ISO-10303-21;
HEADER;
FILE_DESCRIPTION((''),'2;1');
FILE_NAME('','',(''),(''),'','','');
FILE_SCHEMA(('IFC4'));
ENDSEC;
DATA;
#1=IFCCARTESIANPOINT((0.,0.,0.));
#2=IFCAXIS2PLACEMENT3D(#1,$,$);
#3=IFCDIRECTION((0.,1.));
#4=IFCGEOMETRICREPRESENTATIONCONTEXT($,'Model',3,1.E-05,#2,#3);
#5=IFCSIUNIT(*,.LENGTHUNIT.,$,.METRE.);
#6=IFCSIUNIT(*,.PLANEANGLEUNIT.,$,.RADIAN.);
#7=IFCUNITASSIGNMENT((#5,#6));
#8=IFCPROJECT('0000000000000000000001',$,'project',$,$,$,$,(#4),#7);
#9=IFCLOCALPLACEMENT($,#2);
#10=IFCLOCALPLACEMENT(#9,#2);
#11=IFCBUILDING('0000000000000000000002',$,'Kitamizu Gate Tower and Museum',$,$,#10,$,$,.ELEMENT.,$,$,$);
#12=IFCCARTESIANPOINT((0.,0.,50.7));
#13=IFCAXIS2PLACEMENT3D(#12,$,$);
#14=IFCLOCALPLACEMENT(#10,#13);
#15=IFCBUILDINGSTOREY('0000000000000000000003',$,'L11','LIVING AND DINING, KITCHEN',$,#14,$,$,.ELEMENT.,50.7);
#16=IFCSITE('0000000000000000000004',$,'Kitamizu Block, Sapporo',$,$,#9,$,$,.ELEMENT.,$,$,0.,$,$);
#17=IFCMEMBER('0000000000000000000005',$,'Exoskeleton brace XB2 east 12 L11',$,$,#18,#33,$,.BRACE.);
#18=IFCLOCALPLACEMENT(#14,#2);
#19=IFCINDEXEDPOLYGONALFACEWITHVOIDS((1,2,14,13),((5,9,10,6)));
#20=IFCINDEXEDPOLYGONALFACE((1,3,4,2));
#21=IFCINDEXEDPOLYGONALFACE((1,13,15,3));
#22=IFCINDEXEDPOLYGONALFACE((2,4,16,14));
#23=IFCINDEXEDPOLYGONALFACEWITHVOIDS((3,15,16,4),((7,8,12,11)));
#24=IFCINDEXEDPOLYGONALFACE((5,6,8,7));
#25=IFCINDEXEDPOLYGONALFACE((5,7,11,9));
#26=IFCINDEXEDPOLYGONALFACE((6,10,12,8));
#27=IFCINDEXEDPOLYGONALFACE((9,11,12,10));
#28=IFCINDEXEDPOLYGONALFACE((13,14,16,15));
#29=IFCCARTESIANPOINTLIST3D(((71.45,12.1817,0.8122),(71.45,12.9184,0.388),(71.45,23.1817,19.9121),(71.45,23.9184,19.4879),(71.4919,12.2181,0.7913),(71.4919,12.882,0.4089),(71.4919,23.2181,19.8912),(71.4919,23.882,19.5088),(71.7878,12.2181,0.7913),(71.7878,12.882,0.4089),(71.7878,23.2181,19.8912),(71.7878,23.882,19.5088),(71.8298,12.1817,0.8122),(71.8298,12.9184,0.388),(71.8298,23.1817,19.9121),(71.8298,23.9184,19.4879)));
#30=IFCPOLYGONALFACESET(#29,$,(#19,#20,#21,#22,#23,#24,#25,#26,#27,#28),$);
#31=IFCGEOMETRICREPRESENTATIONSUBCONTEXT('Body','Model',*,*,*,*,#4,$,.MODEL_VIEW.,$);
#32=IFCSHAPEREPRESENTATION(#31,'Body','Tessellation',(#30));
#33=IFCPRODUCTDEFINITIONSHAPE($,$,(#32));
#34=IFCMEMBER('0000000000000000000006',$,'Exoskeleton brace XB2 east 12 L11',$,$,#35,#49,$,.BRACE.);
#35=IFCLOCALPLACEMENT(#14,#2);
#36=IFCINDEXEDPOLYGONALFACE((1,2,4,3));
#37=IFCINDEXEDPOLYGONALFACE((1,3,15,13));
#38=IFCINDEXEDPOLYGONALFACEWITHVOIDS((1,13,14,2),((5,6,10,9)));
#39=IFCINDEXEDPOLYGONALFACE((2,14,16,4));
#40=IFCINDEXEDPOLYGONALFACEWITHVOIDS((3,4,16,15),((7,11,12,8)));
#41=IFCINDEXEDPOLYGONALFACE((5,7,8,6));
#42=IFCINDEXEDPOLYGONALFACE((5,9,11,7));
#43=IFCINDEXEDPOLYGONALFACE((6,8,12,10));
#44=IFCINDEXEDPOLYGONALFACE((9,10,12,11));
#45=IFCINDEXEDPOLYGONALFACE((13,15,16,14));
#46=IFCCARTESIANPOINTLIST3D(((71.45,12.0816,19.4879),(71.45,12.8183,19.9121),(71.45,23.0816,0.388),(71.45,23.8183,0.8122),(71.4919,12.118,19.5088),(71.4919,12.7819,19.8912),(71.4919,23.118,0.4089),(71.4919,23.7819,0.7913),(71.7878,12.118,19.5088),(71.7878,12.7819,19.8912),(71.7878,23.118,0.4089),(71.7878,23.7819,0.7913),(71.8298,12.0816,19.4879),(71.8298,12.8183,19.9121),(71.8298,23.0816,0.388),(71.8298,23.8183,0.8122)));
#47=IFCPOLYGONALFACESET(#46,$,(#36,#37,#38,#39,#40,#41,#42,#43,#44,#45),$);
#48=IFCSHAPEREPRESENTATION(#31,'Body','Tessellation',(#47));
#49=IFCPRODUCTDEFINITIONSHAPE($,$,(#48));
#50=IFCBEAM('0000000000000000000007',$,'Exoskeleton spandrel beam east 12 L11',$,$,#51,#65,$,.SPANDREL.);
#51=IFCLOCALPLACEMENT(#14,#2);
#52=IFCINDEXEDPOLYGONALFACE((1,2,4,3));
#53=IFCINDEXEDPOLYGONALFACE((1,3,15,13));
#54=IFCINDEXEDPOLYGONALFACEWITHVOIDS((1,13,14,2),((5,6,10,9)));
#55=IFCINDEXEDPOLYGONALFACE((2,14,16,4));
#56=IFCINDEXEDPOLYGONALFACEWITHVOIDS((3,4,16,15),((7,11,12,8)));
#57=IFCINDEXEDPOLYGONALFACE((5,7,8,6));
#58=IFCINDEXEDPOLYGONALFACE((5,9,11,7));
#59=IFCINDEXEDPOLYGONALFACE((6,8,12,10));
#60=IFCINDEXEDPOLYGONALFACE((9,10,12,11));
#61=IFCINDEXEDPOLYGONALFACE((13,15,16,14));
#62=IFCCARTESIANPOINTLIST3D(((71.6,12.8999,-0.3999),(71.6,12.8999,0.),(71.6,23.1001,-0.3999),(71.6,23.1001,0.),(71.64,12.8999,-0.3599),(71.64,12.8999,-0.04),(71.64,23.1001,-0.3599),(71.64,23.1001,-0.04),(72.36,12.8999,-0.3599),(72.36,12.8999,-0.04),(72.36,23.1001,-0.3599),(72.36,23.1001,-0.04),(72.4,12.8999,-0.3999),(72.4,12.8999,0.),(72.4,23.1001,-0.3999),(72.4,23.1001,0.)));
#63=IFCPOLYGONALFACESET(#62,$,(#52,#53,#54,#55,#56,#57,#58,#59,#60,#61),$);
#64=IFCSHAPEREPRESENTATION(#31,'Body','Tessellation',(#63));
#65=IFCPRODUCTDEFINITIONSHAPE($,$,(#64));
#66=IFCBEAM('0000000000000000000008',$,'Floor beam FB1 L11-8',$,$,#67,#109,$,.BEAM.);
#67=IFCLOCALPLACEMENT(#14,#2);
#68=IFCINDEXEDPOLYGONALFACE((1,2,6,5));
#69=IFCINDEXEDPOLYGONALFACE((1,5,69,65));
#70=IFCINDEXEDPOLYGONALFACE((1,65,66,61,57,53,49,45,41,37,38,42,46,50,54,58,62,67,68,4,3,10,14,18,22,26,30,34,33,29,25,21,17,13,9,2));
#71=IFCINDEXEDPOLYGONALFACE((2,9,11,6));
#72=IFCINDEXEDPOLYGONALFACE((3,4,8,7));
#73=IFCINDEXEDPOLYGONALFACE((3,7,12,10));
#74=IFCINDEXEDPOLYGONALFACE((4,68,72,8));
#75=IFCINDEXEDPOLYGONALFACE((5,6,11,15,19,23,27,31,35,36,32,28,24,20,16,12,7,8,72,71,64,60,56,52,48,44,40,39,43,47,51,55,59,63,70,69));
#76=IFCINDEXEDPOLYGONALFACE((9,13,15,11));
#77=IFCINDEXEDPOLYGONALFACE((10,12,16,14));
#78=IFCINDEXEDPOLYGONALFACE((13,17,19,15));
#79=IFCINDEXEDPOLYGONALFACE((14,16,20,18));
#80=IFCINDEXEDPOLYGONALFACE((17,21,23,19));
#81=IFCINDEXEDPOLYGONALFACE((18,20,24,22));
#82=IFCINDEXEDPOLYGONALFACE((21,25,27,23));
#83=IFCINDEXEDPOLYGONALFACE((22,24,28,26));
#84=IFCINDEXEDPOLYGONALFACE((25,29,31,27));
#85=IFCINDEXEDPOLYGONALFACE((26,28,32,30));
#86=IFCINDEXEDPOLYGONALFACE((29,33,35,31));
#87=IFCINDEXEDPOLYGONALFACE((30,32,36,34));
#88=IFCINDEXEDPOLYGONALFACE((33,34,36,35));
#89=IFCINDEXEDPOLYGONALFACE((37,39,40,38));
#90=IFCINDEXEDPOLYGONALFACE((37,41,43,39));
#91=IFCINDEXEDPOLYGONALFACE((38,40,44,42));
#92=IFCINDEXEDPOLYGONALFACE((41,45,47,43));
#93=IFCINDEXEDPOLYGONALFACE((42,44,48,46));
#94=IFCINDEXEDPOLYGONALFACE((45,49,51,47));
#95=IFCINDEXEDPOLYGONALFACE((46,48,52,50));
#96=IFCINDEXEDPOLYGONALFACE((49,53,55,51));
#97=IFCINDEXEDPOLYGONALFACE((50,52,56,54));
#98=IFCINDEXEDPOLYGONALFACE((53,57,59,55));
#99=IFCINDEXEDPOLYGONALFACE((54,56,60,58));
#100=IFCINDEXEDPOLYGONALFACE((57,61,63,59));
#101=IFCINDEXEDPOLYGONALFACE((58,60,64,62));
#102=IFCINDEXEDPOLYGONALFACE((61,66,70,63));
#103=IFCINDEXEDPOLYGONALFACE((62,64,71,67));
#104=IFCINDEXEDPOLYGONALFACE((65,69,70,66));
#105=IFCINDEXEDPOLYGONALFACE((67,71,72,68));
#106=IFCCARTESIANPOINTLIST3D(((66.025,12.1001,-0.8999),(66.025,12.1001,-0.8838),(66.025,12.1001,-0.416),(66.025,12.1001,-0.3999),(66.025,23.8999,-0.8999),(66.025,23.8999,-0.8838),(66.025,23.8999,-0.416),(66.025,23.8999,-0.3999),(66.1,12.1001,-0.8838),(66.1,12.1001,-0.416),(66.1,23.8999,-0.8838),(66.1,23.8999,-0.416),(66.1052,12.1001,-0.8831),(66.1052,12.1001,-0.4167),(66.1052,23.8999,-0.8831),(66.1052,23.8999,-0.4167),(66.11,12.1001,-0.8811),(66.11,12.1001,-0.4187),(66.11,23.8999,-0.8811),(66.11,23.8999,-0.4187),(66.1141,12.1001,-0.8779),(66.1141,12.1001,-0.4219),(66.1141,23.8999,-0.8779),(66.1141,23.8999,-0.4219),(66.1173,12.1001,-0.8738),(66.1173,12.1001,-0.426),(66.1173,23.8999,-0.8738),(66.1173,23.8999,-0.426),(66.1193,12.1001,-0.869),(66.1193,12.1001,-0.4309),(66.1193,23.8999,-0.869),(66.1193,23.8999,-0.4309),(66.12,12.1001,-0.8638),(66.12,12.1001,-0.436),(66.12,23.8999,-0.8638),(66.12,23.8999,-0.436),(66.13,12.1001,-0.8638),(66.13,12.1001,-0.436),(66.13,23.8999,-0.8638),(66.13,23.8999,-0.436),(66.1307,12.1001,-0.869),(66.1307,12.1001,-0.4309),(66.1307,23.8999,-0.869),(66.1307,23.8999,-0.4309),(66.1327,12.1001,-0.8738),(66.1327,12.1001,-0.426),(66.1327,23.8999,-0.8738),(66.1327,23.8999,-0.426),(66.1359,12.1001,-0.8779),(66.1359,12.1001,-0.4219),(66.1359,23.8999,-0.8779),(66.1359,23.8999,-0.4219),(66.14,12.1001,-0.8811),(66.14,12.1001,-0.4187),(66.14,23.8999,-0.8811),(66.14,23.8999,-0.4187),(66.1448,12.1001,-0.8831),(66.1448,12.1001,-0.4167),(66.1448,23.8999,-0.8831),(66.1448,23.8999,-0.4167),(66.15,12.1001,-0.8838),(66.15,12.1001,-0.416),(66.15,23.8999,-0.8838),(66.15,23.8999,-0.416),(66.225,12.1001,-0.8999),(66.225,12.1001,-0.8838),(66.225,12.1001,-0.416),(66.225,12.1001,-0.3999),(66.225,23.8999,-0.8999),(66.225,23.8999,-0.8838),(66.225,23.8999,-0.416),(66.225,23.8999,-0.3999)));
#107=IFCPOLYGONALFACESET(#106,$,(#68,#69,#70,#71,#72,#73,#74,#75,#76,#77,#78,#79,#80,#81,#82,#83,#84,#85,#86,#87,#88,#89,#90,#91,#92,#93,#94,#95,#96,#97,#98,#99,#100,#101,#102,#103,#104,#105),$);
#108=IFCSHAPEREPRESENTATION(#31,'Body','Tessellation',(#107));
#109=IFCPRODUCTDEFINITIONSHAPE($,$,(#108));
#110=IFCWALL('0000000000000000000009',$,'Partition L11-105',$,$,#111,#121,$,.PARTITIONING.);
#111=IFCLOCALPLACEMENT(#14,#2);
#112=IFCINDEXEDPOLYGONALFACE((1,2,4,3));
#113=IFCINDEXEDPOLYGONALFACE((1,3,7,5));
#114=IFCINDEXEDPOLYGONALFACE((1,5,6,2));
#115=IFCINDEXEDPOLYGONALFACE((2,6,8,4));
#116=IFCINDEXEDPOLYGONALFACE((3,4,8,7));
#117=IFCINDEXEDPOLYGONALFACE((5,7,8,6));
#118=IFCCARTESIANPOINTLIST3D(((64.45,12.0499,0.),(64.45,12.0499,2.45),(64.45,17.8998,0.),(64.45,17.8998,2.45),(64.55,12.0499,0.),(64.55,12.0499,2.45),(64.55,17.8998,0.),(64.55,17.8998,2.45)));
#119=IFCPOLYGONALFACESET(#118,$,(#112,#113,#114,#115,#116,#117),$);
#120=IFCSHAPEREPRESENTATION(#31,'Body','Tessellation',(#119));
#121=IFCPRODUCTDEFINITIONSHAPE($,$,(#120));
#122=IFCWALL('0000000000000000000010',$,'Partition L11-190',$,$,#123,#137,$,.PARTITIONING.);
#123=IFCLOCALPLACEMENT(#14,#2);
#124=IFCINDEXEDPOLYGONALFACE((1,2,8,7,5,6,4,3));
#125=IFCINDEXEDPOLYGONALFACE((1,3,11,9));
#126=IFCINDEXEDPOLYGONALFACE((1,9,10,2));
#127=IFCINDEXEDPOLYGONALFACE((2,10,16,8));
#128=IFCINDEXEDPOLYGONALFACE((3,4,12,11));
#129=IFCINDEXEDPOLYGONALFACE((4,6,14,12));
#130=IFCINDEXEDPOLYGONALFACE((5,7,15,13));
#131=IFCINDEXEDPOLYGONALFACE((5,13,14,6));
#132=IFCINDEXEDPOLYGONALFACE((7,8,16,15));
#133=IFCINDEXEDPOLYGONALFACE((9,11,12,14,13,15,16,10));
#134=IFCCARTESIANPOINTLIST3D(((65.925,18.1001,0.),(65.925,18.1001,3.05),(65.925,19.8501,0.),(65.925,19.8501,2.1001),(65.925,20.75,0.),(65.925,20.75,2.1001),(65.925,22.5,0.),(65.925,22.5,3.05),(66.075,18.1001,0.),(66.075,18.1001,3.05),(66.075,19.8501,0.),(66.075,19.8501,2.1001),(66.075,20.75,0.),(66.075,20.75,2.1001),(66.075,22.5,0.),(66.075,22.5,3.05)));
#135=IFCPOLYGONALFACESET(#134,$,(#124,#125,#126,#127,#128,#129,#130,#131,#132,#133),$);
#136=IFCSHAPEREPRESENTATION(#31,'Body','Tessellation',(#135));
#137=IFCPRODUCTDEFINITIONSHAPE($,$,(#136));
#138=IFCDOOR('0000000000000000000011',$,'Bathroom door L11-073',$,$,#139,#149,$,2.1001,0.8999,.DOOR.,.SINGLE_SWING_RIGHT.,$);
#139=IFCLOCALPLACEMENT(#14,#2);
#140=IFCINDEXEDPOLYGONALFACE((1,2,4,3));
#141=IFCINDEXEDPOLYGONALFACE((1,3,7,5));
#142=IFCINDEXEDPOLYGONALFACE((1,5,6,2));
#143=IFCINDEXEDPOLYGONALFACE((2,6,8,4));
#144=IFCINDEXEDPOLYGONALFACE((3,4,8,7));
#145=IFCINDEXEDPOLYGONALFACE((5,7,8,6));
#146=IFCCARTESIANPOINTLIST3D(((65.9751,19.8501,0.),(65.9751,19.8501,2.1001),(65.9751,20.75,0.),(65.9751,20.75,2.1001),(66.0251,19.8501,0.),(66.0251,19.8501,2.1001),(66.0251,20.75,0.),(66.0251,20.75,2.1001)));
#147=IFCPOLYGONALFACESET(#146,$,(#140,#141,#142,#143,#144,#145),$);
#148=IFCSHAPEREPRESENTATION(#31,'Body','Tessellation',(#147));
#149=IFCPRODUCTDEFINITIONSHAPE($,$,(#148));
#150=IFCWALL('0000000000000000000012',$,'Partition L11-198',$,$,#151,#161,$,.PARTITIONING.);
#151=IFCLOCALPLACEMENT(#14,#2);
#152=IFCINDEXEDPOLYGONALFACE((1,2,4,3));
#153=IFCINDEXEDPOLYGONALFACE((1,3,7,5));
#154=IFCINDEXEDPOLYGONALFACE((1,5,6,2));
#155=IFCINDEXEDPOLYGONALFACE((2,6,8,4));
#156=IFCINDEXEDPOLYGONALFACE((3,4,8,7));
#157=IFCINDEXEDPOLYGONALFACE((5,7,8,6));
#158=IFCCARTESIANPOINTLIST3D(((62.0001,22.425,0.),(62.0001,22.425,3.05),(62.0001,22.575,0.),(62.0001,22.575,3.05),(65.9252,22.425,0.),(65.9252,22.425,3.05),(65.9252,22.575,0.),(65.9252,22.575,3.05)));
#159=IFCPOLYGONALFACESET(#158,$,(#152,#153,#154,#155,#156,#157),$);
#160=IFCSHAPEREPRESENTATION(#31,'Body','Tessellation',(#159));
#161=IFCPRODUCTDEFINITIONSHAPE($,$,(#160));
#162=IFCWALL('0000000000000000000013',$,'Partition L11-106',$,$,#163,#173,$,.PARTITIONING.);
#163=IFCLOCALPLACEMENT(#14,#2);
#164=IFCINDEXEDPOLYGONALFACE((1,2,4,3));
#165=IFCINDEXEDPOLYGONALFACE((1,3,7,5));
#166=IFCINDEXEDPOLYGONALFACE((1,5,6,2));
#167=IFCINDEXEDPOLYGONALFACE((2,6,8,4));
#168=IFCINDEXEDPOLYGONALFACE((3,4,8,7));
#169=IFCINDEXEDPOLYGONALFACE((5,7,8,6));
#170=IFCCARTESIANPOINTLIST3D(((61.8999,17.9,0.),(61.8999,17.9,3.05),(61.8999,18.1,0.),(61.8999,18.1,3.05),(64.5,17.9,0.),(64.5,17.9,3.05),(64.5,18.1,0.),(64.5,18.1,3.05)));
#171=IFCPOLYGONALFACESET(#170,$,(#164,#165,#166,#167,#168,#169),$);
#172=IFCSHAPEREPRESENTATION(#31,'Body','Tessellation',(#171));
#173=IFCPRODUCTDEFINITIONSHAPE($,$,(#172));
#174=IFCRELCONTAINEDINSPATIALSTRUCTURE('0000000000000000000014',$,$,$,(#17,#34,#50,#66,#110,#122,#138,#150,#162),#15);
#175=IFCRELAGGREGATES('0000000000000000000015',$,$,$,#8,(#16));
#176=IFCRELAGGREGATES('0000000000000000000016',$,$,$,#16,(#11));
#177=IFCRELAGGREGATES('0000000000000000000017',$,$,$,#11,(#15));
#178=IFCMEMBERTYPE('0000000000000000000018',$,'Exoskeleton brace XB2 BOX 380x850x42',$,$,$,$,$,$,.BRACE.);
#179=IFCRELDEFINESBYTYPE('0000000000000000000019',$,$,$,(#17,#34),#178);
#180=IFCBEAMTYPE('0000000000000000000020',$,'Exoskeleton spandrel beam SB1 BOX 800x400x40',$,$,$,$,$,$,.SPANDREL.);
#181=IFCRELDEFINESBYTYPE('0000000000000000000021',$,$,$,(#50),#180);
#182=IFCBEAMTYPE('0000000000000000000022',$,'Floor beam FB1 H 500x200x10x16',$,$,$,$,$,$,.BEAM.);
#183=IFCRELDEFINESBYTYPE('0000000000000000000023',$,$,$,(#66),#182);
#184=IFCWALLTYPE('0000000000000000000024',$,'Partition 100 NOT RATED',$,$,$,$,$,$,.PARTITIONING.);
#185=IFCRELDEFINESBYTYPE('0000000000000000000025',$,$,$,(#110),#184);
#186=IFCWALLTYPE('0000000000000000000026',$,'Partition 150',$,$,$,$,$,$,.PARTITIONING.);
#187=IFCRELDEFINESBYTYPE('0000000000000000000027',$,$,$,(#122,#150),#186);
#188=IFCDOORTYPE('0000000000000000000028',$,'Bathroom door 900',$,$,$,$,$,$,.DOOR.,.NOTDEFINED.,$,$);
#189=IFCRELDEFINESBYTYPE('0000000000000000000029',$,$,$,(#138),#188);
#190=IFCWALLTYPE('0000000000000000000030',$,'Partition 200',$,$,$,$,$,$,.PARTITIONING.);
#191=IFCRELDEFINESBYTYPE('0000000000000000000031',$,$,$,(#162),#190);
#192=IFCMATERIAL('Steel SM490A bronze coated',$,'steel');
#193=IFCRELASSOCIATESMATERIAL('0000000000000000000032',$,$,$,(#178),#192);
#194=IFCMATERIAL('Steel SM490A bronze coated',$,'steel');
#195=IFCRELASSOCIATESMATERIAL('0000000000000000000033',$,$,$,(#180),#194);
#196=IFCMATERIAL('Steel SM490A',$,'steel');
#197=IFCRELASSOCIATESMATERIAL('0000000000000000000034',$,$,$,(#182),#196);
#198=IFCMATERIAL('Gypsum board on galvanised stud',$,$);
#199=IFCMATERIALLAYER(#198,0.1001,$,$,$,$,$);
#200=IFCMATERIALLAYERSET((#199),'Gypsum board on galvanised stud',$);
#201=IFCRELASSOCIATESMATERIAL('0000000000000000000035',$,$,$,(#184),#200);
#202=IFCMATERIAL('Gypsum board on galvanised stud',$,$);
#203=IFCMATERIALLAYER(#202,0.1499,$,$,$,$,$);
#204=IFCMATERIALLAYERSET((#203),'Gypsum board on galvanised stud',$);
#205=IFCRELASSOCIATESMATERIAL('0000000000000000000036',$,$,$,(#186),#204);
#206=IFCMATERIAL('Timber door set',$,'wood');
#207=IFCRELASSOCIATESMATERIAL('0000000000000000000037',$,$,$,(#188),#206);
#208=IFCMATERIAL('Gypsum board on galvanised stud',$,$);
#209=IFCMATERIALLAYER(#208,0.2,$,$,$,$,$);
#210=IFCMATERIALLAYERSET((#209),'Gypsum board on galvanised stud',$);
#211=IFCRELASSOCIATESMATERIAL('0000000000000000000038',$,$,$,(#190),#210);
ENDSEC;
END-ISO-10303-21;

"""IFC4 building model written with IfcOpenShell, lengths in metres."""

from ifc_helpers import new_model, si_unit, direction, frame, frame_2d, origin, origin_2d, place, context, subcontext, project, spatial, rectangle, hollow_rectangle, i_section, extrude, material, layer, layer_set, material_profile, profile_set, type_object, element, fill, save


model = new_model("IFC4")

# Units and contexts
model_context = context("Model", 3, precision=1e-05, world=origin(), true_north=direction((0.0, 1.0)))
body_context = subcontext(model_context, "Body", "Model", "MODEL_VIEW")
ifc_project = project(units=[si_unit("LENGTHUNIT", "METRE"), si_unit("PLANEANGLEUNIT", "RADIAN")], contexts=[model_context])

# Site, building, storey
site_placement = place(None, origin())
site = spatial("IfcSite", under=ifc_project, at=site_placement, Name="Kitamizu Block, Sapporo", CompositionType="ELEMENT", RefElevation=0.0)
building_placement = place(site_placement, origin())
building = spatial("IfcBuilding", under=site, at=building_placement, Name="Kitamizu Gate Tower and Museum", CompositionType="ELEMENT")
storey_placement = place(building_placement, frame((0.0, 0.0, 50.7)))
storey = spatial("IfcBuildingStorey", under=building, at=storey_placement, Name="L11", Description="LIVING AND DINING, KITCHEN", CompositionType="ELEMENT", Elevation=50.7)

# Members
ifc_material_1 = material(Name="Steel SM490A bronze coated", Category="steel")
ifc_material_profile_1 = material_profile(ifc_material_1, hollow_rectangle(XDim=0.3799, YDim=0.8501, WallThickness=0.042, at=origin_2d()), Name="BOX 380x850x42")
ifc_profile_set_1 = profile_set([ifc_material_profile_1], Name="Steel SM490A bronze coated")
member_type = type_object("IfcMemberType", Name="Exoskeleton brace XB2 BOX 380x850x42", PredefinedType="BRACE", material=ifc_profile_set_1)
for number, where, z_axis, x_axis, name in (
    (1, (71.6399, 12.55, 0.6001), (0.0, 0.499071, 0.866561), (-1.0, 0.0, 0.0), "Exoskeleton brace XB2 east 12 L11"),
    (2, (71.6399, 23.45, 0.6001), (0.0, -0.499071, 0.866561), (1.0, 0.0, 0.0), "Exoskeleton brace XB2 east 12 L11"),
):
    element("IfcMember", number, at=place(storey_placement, frame(where, z_axis=z_axis, x_axis=x_axis)), inside=storey, type_object=member_type, Name=name, PredefinedType="BRACE", context=body_context, shape_type="SweptSolid", body=[
        extrude(hollow_rectangle(XDim=0.3799, YDim=0.8501, WallThickness=0.042, at=origin_2d()), origin(), (0.0, 0.0, 1.0), 22.041),
    ])

# Beams
ifc_material_2 = material(Name="Steel SM490A bronze coated", Category="steel")
ifc_material_profile_2 = material_profile(ifc_material_2, hollow_rectangle(XDim=0.8, YDim=0.3999, WallThickness=0.04, at=origin_2d()), Name="BOX 800x400x40")
ifc_profile_set_2 = profile_set([ifc_material_profile_2], Name="Steel SM490A bronze coated")
beam_type_1 = type_object("IfcBeamType", Name="Exoskeleton spandrel beam SB1 BOX 800x400x40", PredefinedType="SPANDREL", material=ifc_profile_set_2)
beam_1_placement = place(storey_placement, frame((72.0, 12.8999, -0.2), z_axis=(0.0, 1.0, 0.0), x_axis=(-1.0, 0.0, 0.0)))
element("IfcBeam", 3, at=beam_1_placement, inside=storey, type_object=beam_type_1, Name="Exoskeleton spandrel beam east 12 L11", PredefinedType="SPANDREL", context=body_context, shape_type="SweptSolid", body=[
    extrude(hollow_rectangle(XDim=0.8, YDim=0.3999, WallThickness=0.04, at=origin_2d()), origin(), (0.0, 0.0, 1.0), 10.2002),
])
ifc_material_3 = material(Name="Steel SM490A", Category="steel")
ifc_material_profile_3 = material_profile(ifc_material_3, i_section(OverallWidth=0.2, OverallDepth=0.5, WebThickness=0.01, FlangeThickness=0.0161, FilletRadius=0.02, at=origin_2d()), Name="H-500x200x10x16")
ifc_profile_set_3 = profile_set([ifc_material_profile_3], Name="Steel SM490A")
beam_type_2 = type_object("IfcBeamType", Name="Floor beam FB1 H 500x200x10x16", PredefinedType="BEAM", material=ifc_profile_set_3)
beam_2_placement = place(storey_placement, frame((66.125, 12.1001, -0.6499), z_axis=(0.0, 1.0, 0.0), x_axis=(-1.0, 0.0, 0.0)))
element("IfcBeam", 4, at=beam_2_placement, inside=storey, type_object=beam_type_2, Name="Floor beam FB1 L11-8", PredefinedType="BEAM", context=body_context, shape_type="SweptSolid", body=[
    extrude(i_section(OverallWidth=0.2, OverallDepth=0.5, WebThickness=0.01, FlangeThickness=0.0161, FilletRadius=0.02, at=origin_2d()), origin(), (0.0, 0.0, 1.0), 11.7998),
])

# Wall
ifc_material_4 = material(Name="Gypsum board on galvanised stud")
ifc_layer_1 = layer(ifc_material_4, 0.1001)
ifc_layer_set_1 = layer_set([ifc_layer_1], Name="Gypsum board on galvanised stud")
wall_type_1 = type_object("IfcWallType", Name="Partition 100 NOT RATED", PredefinedType="PARTITIONING", material=ifc_layer_set_1)
wall_1_placement = place(storey_placement, frame((64.5, 12.05, 0.0), z_axis=(0.0, 0.0, 1.0), x_axis=(0.0, 1.0, 0.0)))
element("IfcWall", 5, at=wall_1_placement, inside=storey, type_object=wall_type_1, Name="Partition L11-105", PredefinedType="PARTITIONING", context=body_context, shape_type="SweptSolid", body=[
    extrude(rectangle(XDim=5.8499, YDim=0.1001, at=frame_2d((2.9248, 0.0))), origin(), (0.0, 0.0, 1.0), 2.45),
])

# Wall, opening, door
ifc_material_5 = material(Name="Gypsum board on galvanised stud")
ifc_layer_2 = layer(ifc_material_5, 0.1499)
ifc_layer_set_2 = layer_set([ifc_layer_2], Name="Gypsum board on galvanised stud")
wall_type_2 = type_object("IfcWallType", Name="Partition 150", PredefinedType="PARTITIONING", material=ifc_layer_set_2)
wall_2_placement = place(storey_placement, frame((66.0, 22.5, 0.0), z_axis=(0.0, 0.0, 1.0), x_axis=(0.0, -1.0, 0.0)))
wall_2 = element("IfcWall", 6, at=wall_2_placement, inside=storey, type_object=wall_type_2, Name="Partition L11-190", PredefinedType="PARTITIONING", context=body_context, shape_type="SweptSolid", body=[
    extrude(rectangle(XDim=4.3999, YDim=0.1499, at=frame_2d((2.2, 0.0))), origin(), (0.0, 0.0, 1.0), 3.05),
])
opening_placement = place(wall_2_placement, frame((1.75, 0.0, 0.0)))
opening = element("IfcOpeningElement", 7, at=opening_placement, cuts=wall_2, PredefinedType="OPENING", context=body_context, shape_type="SweptSolid", body=[
    extrude(rectangle(XDim=0.8999, YDim=2.1001, at=frame_2d((0.45, 1.05))), frame((0.0, 0.085, 0.0), z_axis=(0.0, -1.0, 0.0), x_axis=(1.0, 0.0, 0.0)), (0.0, 0.0, 1.0), 0.1699),
])
ifc_material_6 = material(Name="Timber door set", Category="wood")
door_type = type_object("IfcDoorType", Name="Bathroom door 900", OperationType="NOTDEFINED", PredefinedType="DOOR", material=ifc_material_6)
door_placement = place(opening_placement, frame((0.8999, 0.0, 0.0), x_axis=(-1.0, 0.0, 0.0)))
door = element("IfcDoor", 8, at=door_placement, inside=storey, type_object=door_type, Name="Bathroom door L11-073", OperationType="SINGLE_SWING_RIGHT", OverallHeight=2.1001, OverallWidth=0.8999, PredefinedType="DOOR", context=body_context, shape_type="SweptSolid", body=[
    extrude(rectangle(XDim=0.8999, YDim=2.1001, at=frame_2d((0.45, 1.05))), frame((0.0, 0.0249, 0.0), z_axis=(0.0, -1.0, 0.0), x_axis=(1.0, 0.0, 0.0)), (0.0, 0.0, 1.0), 0.05),
])
fill(opening, door)

# Walls
wall_3_placement = place(storey_placement, frame((65.925, 22.5, 0.0), z_axis=(0.0, 0.0, 1.0), x_axis=(-1.0, 0.0, 0.0)))
element("IfcWall", 9, at=wall_3_placement, inside=storey, type_object=wall_type_2, Name="Partition L11-198", PredefinedType="PARTITIONING", context=body_context, shape_type="SweptSolid", body=[
    extrude(rectangle(XDim=3.925, YDim=0.1499, at=frame_2d((1.9624, 0.0))), origin(), (0.0, 0.0, 1.0), 3.05),
])
ifc_material_7 = material(Name="Gypsum board on galvanised stud")
ifc_layer_3 = layer(ifc_material_7, 0.2)
ifc_layer_set_3 = layer_set([ifc_layer_3], Name="Gypsum board on galvanised stud")
wall_type_3 = type_object("IfcWallType", Name="Partition 200", PredefinedType="PARTITIONING", material=ifc_layer_set_3)
wall_4_placement = place(storey_placement, frame((64.5, 18.0, 0.0), z_axis=(0.0, 0.0, 1.0), x_axis=(-1.0, 0.0, 0.0)))
element("IfcWall", 10, at=wall_4_placement, inside=storey, type_object=wall_type_3, Name="Partition L11-106", PredefinedType="PARTITIONING", context=body_context, shape_type="SweptSolid", body=[
    extrude(rectangle(XDim=2.6001, YDim=0.2, at=frame_2d((1.3, 0.0))), origin(), (0.0, 0.0, 1.0), 3.05),
])

save(model, "model.ifc")
